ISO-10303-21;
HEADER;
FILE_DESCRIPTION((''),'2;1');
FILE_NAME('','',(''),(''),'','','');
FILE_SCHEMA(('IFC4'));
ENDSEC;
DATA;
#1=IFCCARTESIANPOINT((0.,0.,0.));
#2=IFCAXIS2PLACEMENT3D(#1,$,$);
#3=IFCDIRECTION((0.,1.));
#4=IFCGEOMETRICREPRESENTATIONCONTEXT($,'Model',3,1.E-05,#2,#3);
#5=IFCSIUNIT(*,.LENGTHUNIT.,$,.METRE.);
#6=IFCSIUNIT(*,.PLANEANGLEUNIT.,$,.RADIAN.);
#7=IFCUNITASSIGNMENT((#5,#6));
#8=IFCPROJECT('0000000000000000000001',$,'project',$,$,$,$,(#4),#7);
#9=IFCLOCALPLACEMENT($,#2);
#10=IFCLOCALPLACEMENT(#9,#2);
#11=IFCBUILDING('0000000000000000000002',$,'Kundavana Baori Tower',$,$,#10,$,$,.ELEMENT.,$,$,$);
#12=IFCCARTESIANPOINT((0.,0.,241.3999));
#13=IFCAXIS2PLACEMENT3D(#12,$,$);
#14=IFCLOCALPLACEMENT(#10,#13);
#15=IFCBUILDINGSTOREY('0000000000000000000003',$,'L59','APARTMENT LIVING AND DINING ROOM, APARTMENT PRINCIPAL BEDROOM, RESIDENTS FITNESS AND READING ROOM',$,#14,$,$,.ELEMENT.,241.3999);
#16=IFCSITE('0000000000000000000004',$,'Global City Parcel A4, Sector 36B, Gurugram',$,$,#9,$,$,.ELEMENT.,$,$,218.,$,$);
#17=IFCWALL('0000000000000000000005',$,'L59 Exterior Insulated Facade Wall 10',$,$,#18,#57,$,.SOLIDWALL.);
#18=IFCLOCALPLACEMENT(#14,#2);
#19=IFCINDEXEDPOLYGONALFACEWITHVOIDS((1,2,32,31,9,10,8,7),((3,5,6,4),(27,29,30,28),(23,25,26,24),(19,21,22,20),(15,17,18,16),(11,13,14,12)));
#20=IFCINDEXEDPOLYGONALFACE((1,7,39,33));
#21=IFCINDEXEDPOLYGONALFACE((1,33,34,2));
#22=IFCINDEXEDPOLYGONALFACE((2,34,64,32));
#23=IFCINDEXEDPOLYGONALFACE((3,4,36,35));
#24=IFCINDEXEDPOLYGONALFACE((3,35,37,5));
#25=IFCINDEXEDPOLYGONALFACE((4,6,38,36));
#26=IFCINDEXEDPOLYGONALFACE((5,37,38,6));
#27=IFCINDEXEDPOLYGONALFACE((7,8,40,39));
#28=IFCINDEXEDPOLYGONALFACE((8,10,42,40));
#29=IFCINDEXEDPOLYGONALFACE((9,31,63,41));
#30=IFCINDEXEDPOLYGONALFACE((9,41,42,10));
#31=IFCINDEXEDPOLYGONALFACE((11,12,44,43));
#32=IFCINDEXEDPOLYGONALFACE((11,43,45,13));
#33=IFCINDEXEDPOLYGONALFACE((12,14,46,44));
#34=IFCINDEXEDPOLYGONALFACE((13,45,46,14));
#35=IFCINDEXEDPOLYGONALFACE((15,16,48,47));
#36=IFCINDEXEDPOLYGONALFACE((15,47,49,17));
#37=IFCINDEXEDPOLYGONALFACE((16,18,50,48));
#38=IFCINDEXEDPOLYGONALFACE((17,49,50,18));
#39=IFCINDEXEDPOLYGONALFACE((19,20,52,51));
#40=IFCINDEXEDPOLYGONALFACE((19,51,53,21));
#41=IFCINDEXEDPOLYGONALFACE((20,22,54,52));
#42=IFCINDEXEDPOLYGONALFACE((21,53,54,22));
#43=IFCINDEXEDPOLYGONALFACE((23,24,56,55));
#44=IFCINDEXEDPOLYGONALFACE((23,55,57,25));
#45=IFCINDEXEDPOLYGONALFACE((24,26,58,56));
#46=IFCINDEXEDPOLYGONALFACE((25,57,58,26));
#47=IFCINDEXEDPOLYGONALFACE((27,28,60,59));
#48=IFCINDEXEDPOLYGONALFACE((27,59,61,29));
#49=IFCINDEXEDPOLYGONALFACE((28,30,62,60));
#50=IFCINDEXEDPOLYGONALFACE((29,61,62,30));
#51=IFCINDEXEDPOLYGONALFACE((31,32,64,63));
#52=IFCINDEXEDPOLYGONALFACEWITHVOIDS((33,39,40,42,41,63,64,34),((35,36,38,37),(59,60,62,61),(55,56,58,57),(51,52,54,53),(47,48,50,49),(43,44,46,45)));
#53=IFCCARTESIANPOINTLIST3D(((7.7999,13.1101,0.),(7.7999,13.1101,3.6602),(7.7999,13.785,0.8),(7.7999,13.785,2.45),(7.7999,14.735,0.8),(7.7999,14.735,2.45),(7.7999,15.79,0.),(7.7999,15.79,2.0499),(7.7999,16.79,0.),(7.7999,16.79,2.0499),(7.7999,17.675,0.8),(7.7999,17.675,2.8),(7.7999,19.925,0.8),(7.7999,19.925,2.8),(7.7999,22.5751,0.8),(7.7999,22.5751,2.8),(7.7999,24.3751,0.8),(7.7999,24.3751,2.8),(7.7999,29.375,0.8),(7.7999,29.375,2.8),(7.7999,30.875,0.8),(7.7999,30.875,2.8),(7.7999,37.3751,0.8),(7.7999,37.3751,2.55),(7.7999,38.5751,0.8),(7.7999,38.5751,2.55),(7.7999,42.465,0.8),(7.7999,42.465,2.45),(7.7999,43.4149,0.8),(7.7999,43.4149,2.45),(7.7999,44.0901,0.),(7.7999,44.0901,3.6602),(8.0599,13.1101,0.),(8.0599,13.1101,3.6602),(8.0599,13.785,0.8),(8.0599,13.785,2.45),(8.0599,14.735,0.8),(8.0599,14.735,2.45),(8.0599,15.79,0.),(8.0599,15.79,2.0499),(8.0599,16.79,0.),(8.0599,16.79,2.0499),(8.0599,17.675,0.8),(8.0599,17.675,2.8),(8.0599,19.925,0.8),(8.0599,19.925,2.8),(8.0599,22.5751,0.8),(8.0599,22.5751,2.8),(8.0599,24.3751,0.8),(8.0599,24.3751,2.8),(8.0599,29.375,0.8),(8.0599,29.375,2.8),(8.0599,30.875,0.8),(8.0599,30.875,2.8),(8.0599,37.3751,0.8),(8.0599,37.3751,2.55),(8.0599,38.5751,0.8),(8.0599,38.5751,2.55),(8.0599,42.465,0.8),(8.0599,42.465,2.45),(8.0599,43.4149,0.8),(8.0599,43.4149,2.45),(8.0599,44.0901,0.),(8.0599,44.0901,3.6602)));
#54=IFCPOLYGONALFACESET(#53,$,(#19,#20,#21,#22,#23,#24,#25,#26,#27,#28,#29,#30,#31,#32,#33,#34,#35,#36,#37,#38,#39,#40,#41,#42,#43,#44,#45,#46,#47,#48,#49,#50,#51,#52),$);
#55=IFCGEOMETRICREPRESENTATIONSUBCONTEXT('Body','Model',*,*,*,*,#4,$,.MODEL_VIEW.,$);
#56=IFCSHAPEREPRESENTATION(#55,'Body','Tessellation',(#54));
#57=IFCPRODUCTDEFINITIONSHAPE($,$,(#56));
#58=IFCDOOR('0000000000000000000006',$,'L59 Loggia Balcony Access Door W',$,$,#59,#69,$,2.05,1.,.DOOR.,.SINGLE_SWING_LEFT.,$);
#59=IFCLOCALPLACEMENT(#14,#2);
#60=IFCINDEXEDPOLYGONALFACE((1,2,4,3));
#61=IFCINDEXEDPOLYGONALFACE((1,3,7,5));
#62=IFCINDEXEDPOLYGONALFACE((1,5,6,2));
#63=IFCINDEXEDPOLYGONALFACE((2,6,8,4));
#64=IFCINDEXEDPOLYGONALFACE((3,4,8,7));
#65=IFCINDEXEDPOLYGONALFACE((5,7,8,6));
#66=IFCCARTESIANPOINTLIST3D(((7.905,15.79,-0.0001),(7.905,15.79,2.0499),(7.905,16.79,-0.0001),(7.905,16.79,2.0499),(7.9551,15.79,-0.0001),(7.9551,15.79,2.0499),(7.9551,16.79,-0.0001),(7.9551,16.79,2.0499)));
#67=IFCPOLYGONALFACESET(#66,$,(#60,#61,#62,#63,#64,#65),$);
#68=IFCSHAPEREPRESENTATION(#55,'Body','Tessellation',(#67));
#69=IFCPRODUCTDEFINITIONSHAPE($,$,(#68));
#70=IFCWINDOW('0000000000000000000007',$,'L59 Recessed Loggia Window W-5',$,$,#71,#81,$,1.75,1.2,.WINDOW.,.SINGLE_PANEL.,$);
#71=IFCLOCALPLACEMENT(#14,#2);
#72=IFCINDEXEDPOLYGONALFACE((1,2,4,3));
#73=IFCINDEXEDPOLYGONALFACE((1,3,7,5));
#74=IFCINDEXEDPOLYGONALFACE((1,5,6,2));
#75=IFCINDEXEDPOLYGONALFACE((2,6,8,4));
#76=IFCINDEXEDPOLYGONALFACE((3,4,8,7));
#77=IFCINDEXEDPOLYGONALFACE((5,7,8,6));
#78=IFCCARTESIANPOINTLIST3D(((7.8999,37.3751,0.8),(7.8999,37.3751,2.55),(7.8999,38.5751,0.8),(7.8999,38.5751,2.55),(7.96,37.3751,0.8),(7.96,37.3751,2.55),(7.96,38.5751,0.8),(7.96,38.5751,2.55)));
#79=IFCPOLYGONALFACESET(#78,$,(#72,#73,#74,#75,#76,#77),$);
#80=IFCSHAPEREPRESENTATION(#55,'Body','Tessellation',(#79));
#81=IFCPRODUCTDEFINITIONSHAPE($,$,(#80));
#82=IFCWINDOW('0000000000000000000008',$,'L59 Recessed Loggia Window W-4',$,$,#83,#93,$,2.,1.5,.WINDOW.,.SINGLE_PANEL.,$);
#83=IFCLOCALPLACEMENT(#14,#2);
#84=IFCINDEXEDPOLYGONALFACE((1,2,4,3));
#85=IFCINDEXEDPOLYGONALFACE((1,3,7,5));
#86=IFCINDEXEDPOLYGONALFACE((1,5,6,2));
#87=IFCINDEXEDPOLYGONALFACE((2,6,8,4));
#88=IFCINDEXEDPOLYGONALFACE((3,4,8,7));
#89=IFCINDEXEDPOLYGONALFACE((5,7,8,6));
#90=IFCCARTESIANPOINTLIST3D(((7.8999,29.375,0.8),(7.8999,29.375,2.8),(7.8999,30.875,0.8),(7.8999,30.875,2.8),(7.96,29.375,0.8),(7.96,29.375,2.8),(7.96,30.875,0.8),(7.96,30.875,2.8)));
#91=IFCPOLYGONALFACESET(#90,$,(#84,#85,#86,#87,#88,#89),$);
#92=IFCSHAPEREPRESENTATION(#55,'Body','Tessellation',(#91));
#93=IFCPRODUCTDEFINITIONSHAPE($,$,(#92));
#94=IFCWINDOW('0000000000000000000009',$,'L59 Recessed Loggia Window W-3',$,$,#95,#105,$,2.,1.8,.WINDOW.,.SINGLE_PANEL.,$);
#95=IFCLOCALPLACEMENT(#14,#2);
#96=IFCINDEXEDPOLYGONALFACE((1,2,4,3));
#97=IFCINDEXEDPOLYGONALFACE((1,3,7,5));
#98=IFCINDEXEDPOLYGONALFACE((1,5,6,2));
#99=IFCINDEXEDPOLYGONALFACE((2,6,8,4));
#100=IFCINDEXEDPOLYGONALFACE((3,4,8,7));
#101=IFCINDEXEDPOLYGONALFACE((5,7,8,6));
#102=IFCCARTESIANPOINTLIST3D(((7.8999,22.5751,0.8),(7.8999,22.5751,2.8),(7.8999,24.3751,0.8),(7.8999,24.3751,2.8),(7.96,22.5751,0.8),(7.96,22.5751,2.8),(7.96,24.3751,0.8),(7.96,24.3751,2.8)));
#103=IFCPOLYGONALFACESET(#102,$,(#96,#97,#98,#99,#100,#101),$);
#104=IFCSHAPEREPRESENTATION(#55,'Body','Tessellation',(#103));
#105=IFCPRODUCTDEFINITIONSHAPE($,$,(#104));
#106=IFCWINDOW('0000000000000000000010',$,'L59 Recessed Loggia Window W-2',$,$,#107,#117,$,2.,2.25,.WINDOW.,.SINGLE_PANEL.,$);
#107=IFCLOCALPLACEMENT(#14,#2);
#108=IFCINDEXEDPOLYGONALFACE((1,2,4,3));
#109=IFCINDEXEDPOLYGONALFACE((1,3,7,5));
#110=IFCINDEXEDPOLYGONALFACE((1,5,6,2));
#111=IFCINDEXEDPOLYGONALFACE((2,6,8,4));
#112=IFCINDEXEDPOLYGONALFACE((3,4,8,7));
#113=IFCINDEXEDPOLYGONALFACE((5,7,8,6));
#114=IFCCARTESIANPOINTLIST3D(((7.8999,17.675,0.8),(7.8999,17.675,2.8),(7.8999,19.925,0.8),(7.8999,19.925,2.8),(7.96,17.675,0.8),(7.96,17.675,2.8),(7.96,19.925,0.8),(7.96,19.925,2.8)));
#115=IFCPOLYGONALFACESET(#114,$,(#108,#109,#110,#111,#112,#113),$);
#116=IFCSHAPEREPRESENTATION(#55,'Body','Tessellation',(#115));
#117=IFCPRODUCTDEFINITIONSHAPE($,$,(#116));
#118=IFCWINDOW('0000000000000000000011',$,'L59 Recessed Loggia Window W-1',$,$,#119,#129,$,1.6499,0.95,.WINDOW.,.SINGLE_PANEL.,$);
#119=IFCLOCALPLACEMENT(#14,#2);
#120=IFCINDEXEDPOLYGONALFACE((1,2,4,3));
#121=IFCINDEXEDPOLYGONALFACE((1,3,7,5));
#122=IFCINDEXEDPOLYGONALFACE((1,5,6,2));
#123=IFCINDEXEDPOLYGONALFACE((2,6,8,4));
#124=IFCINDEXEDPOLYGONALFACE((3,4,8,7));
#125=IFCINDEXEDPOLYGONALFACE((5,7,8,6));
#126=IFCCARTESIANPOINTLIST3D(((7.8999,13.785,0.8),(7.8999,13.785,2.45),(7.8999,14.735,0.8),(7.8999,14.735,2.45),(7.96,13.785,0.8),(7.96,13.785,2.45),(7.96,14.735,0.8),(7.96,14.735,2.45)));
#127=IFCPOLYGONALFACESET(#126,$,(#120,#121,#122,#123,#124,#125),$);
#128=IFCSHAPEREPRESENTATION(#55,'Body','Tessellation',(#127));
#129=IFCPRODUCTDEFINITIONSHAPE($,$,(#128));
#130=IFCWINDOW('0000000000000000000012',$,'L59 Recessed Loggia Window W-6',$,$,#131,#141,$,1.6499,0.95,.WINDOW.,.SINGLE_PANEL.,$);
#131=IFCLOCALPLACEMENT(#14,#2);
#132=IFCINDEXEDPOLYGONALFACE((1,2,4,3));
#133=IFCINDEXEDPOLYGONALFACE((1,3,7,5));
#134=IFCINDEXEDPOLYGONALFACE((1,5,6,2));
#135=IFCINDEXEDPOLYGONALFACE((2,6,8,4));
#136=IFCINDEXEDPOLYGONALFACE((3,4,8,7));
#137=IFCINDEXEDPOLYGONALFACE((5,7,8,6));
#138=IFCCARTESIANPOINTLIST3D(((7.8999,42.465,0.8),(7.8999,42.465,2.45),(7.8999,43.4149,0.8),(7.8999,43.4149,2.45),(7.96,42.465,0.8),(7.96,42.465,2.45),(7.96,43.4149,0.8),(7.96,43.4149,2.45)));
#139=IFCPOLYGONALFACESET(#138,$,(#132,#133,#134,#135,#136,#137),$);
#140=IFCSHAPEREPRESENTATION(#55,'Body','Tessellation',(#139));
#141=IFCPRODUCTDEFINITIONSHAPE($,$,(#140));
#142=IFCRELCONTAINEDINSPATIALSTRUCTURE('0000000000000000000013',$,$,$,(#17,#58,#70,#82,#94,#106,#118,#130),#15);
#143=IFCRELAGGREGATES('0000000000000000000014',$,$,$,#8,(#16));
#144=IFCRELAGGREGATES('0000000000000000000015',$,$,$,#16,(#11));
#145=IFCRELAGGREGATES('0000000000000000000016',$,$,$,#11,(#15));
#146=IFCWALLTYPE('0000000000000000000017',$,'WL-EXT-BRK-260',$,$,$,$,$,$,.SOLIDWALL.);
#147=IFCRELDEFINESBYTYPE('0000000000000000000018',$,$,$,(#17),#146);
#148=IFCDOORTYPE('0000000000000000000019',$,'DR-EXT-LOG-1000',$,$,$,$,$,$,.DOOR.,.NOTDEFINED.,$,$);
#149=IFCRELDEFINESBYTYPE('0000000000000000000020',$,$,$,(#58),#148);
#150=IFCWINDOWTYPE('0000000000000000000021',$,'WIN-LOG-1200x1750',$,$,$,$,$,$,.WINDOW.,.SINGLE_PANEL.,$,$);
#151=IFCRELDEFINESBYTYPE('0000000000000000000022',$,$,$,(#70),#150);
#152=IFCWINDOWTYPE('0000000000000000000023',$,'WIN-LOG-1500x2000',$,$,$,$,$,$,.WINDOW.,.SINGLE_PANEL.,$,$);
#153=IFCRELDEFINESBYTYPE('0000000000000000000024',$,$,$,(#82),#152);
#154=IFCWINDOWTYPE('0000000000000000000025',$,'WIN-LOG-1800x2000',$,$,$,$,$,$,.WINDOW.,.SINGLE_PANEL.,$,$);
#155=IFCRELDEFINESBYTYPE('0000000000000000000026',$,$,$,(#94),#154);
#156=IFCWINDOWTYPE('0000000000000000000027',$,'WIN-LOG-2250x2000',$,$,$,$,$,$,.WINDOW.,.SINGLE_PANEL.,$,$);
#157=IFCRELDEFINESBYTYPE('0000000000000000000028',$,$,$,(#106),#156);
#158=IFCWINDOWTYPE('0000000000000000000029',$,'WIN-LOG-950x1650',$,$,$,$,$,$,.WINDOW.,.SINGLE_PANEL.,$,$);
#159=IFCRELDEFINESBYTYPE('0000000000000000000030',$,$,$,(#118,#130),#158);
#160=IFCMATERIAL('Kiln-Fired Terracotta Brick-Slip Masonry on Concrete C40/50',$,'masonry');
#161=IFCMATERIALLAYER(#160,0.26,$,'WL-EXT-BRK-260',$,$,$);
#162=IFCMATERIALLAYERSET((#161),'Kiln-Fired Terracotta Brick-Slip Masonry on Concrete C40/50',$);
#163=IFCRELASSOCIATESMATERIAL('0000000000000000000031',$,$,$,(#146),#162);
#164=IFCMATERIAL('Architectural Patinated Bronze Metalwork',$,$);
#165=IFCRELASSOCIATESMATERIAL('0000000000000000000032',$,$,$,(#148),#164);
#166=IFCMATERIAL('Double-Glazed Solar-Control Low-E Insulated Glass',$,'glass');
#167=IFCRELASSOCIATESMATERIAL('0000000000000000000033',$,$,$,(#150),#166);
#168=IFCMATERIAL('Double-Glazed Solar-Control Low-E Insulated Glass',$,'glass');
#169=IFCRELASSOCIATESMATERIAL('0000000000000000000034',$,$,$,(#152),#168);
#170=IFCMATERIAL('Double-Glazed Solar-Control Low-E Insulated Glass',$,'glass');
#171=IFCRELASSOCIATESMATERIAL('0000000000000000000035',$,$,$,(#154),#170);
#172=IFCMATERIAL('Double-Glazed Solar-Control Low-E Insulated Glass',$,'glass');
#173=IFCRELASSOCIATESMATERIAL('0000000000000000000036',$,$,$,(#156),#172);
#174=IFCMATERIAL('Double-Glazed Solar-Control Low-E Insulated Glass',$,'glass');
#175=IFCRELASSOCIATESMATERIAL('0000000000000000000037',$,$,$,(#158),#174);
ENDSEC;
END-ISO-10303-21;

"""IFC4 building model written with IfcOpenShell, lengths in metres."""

from ifc_helpers import new_model, si_unit, direction, frame, frame_2d, origin, place, context, subcontext, project, spatial, rectangle, extrude, material, layer, layer_set, type_object, element, fill, save


model = new_model("IFC4")

# Units and contexts
model_context = context("Model", 3, precision=1e-05, world=origin(), true_north=direction((0.0, 1.0)))
body_context = subcontext(model_context, "Body", "Model", "MODEL_VIEW")
ifc_project = project(units=[si_unit("LENGTHUNIT", "METRE"), si_unit("PLANEANGLEUNIT", "RADIAN")], contexts=[model_context])

# Site, building, storey
site_placement = place(None, origin())
site = spatial("IfcSite", under=ifc_project, at=site_placement, Name="Global City Parcel A4, Sector 36B, Gurugram", CompositionType="ELEMENT", RefElevation=218.0)
building_placement = place(site_placement, origin())
building = spatial("IfcBuilding", under=site, at=building_placement, Name="Kundavana Baori Tower", CompositionType="ELEMENT")
storey_placement = place(building_placement, frame((0.0, 0.0, 241.3999)))
storey = spatial("IfcBuildingStorey", under=building, at=storey_placement, Name="L59", Description="APARTMENT LIVING AND DINING ROOM, APARTMENT PRINCIPAL BEDROOM, RESIDENTS FITNESS AND READING ROOM", CompositionType="ELEMENT", Elevation=241.3999)

# Shared definitions
ifc_material_1 = material(Name="Kiln-Fired Terracotta Brick-Slip Masonry on Concrete C40/50", Category="masonry")
ifc_layer_1 = layer(ifc_material_1, 0.26, Name="WL-EXT-BRK-260")
ifc_layer_set_1 = layer_set([ifc_layer_1], Name="Kiln-Fired Terracotta Brick-Slip Masonry on Concrete C40/50")
wall_type_1 = type_object("IfcWallType", Name="WL-EXT-BRK-260", PredefinedType="SOLIDWALL", material=ifc_layer_set_1)

# Wall, openings, door, windows
wall_1_placement = place(storey_placement, frame((7.9299, 44.0901, 0.0), z_axis=(0.0, 0.0, 1.0), x_axis=(0.0, -1.0, 0.0)))
wall_1 = element("IfcWall", 1, at=wall_1_placement, inside=storey, type_object=wall_type_1, Name="L59 Exterior Insulated Facade Wall 10", PredefinedType="SOLIDWALL", context=body_context, shape_type="SweptSolid", body=[
    extrude(rectangle(XDim=30.98, YDim=0.26, at=frame_2d((15.49, 0.0))), origin(), (0.0, 0.0, 1.0), 3.6602),
])
opening_1_placement = place(wall_1_placement, frame((29.355, 0.0, 0.8)))
opening_1 = element("IfcOpeningElement", 2, at=opening_1_placement, cuts=wall_1, PredefinedType="OPENING", context=body_context, shape_type="SweptSolid", body=[
    extrude(rectangle(XDim=0.95, YDim=1.6499, at=frame_2d((0.4751, 0.825))), frame((0.0, 0.1401, 0.0), z_axis=(0.0, -1.0, 0.0), x_axis=(1.0, 0.0, 0.0)), (0.0, 0.0, 1.0), 0.28),
])
opening_2_placement = place(wall_1_placement, frame((27.3, 0.0, 0.0)))
opening_2 = element("IfcOpeningElement", 3, at=opening_2_placement, cuts=wall_1, PredefinedType="OPENING", context=body_context, shape_type="SweptSolid", body=[
    extrude(rectangle(XDim=1.0, YDim=2.05, at=frame_2d((0.5, 1.0249))), frame((0.0, 0.1401, 0.0), z_axis=(0.0, -1.0, 0.0), x_axis=(1.0, 0.0, 0.0)), (0.0, 0.0, 1.0), 0.28),
])
opening_3_placement = place(wall_1_placement, frame((24.165, 0.0, 0.8)))
opening_3 = element("IfcOpeningElement", 4, at=opening_3_placement, cuts=wall_1, PredefinedType="OPENING", context=body_context, shape_type="SweptSolid", body=[
    extrude(rectangle(XDim=2.25, YDim=2.0, at=frame_2d((1.125, 1.0))), frame((0.0, 0.1401, 0.0), z_axis=(0.0, -1.0, 0.0), x_axis=(1.0, 0.0, 0.0)), (0.0, 0.0, 1.0), 0.28),
])
opening_4_placement = place(wall_1_placement, frame((19.7151, 0.0, 0.8)))
opening_4 = element("IfcOpeningElement", 5, at=opening_4_placement, cuts=wall_1, PredefinedType="OPENING", context=body_context, shape_type="SweptSolid", body=[
    extrude(rectangle(XDim=1.8, YDim=2.0, at=frame_2d((0.8999, 1.0))), frame((0.0, 0.1401, 0.0), z_axis=(0.0, -1.0, 0.0), x_axis=(1.0, 0.0, 0.0)), (0.0, 0.0, 1.0), 0.28),
])
opening_5_placement = place(wall_1_placement, frame((13.2151, 0.0, 0.8)))
opening_5 = element("IfcOpeningElement", 6, at=opening_5_placement, cuts=wall_1, PredefinedType="OPENING", context=body_context, shape_type="SweptSolid", body=[
    extrude(rectangle(XDim=1.5, YDim=2.0, at=frame_2d((0.75, 1.0))), frame((0.0, 0.1401, 0.0), z_axis=(0.0, -1.0, 0.0), x_axis=(1.0, 0.0, 0.0)), (0.0, 0.0, 1.0), 0.28),
])
opening_6_placement = place(wall_1_placement, frame((5.5149, 0.0, 0.8)))
opening_6 = element("IfcOpeningElement", 7, at=opening_6_placement, cuts=wall_1, PredefinedType="OPENING", context=body_context, shape_type="SweptSolid", body=[
    extrude(rectangle(XDim=1.2, YDim=1.75, at=frame_2d((0.6001, 0.875))), frame((0.0, 0.1401, 0.0), z_axis=(0.0, -1.0, 0.0), x_axis=(1.0, 0.0, 0.0)), (0.0, 0.0, 1.0), 0.28),
])
opening_7_placement = place(wall_1_placement, frame((0.675, 0.0, 0.8)))
opening_7 = element("IfcOpeningElement", 8, at=opening_7_placement, cuts=wall_1, PredefinedType="OPENING", context=body_context, shape_type="SweptSolid", body=[
    extrude(rectangle(XDim=0.95, YDim=1.6499, at=frame_2d((0.4751, 0.825))), frame((0.0, 0.1401, 0.0), z_axis=(0.0, -1.0, 0.0), x_axis=(1.0, 0.0, 0.0)), (0.0, 0.0, 1.0), 0.28),
])
ifc_material_2 = material(Name="Architectural Patinated Bronze Metalwork")
door_type_1 = type_object("IfcDoorType", Name="DR-EXT-LOG-1000", OperationType="NOTDEFINED", PredefinedType="DOOR", material=ifc_material_2)
door_1_placement = place(opening_2_placement, frame((1.0, 0.0, 0.0), z_axis=(0.0, 0.0, 1.0), x_axis=(-1.0, 0.0, 0.0)))
door_1 = element("IfcDoor", 9, at=door_1_placement, inside=storey, type_object=door_type_1, Name="L59 Loggia Balcony Access Door W", OperationType="SINGLE_SWING_LEFT", OverallHeight=2.05, OverallWidth=1.0, PredefinedType="DOOR", context=body_context, shape_type="SweptSolid", body=[
    extrude(rectangle(XDim=1.0, YDim=2.05, at=frame_2d((0.5, 1.0249))), frame((0.0, 0.0249, 0.0), z_axis=(0.0, -1.0, 0.0), x_axis=(1.0, 0.0, 0.0)), (0.0, 0.0, 1.0), 0.05),
])
fill(opening_2, door_1)
ifc_material_3 = material(Name="Double-Glazed Solar-Control Low-E Insulated Glass", Category="glass")
window_type_1 = type_object("IfcWindowType", Name="WIN-LOG-1200x1750", PartitioningType="SINGLE_PANEL", PredefinedType="WINDOW", material=ifc_material_3)
window_1_placement = place(opening_6_placement, origin())
window_1 = element("IfcWindow", 10, at=window_1_placement, inside=storey, type_object=window_type_1, Name="L59 Recessed Loggia Window W-5", OverallHeight=1.75, OverallWidth=1.2, PartitioningType="SINGLE_PANEL", PredefinedType="WINDOW", context=body_context, shape_type="SweptSolid", body=[
    extrude(rectangle(XDim=1.2, YDim=1.75, at=frame_2d((0.6001, 0.875))), frame((0.0, 0.03, 0.0), z_axis=(0.0, -1.0, 0.0), x_axis=(1.0, 0.0, 0.0)), (0.0, 0.0, 1.0), 0.0601),
])
fill(opening_6, window_1)
ifc_material_4 = material(Name="Double-Glazed Solar-Control Low-E Insulated Glass", Category="glass")
window_type_2 = type_object("IfcWindowType", Name="WIN-LOG-1500x2000", PartitioningType="SINGLE_PANEL", PredefinedType="WINDOW", material=ifc_material_4)
window_2_placement = place(opening_5_placement, origin())
window_2 = element("IfcWindow", 11, at=window_2_placement, inside=storey, type_object=window_type_2, Name="L59 Recessed Loggia Window W-4", OverallHeight=2.0, OverallWidth=1.5, PartitioningType="SINGLE_PANEL", PredefinedType="WINDOW", context=body_context, shape_type="SweptSolid", body=[
    extrude(rectangle(XDim=1.5, YDim=2.0, at=frame_2d((0.75, 1.0))), frame((0.0, 0.03, 0.0), z_axis=(0.0, -1.0, 0.0), x_axis=(1.0, 0.0, 0.0)), (0.0, 0.0, 1.0), 0.0601),
])
fill(opening_5, window_2)
ifc_material_5 = material(Name="Double-Glazed Solar-Control Low-E Insulated Glass", Category="glass")
window_type_3 = type_object("IfcWindowType", Name="WIN-LOG-1800x2000", PartitioningType="SINGLE_PANEL", PredefinedType="WINDOW", material=ifc_material_5)
window_3_placement = place(opening_4_placement, origin())
window_3 = element("IfcWindow", 12, at=window_3_placement, inside=storey, type_object=window_type_3, Name="L59 Recessed Loggia Window W-3", OverallHeight=2.0, OverallWidth=1.8, PartitioningType="SINGLE_PANEL", PredefinedType="WINDOW", context=body_context, shape_type="SweptSolid", body=[
    extrude(rectangle(XDim=1.8, YDim=2.0, at=frame_2d((0.8999, 1.0))), frame((0.0, 0.03, 0.0), z_axis=(0.0, -1.0, 0.0), x_axis=(1.0, 0.0, 0.0)), (0.0, 0.0, 1.0), 0.0601),
])
fill(opening_4, window_3)
ifc_material_6 = material(Name="Double-Glazed Solar-Control Low-E Insulated Glass", Category="glass")
window_type_4 = type_object("IfcWindowType", Name="WIN-LOG-2250x2000", PartitioningType="SINGLE_PANEL", PredefinedType="WINDOW", material=ifc_material_6)
window_4_placement = place(opening_3_placement, origin())
window_4 = element("IfcWindow", 13, at=window_4_placement, inside=storey, type_object=window_type_4, Name="L59 Recessed Loggia Window W-2", OverallHeight=2.0, OverallWidth=2.25, PartitioningType="SINGLE_PANEL", PredefinedType="WINDOW", context=body_context, shape_type="SweptSolid", body=[
    extrude(rectangle(XDim=2.25, YDim=2.0, at=frame_2d((1.125, 1.0))), frame((0.0, 0.03, 0.0), z_axis=(0.0, -1.0, 0.0), x_axis=(1.0, 0.0, 0.0)), (0.0, 0.0, 1.0), 0.0601),
])
fill(opening_3, window_4)
ifc_material_7 = material(Name="Double-Glazed Solar-Control Low-E Insulated Glass", Category="glass")
window_type_5 = type_object("IfcWindowType", Name="WIN-LOG-950x1650", PartitioningType="SINGLE_PANEL", PredefinedType="WINDOW", material=ifc_material_7)
window_5_placement = place(opening_1_placement, origin())
window_5 = element("IfcWindow", 14, at=window_5_placement, inside=storey, type_object=window_type_5, Name="L59 Recessed Loggia Window W-1", OverallHeight=1.6499, OverallWidth=0.95, PartitioningType="SINGLE_PANEL", PredefinedType="WINDOW", context=body_context, shape_type="SweptSolid", body=[
    extrude(rectangle(XDim=0.95, YDim=1.6499, at=frame_2d((0.4751, 0.825))), frame((0.0, 0.03, 0.0), z_axis=(0.0, -1.0, 0.0), x_axis=(1.0, 0.0, 0.0)), (0.0, 0.0, 1.0), 0.0601),
])
fill(opening_1, window_5)
window_6_placement = place(opening_7_placement, origin())
window_6 = element("IfcWindow", 15, at=window_6_placement, inside=storey, type_object=window_type_5, Name="L59 Recessed Loggia Window W-6", OverallHeight=1.6499, OverallWidth=0.95, PartitioningType="SINGLE_PANEL", PredefinedType="WINDOW", context=body_context, shape_type="SweptSolid", body=[
    extrude(rectangle(XDim=0.95, YDim=1.6499, at=frame_2d((0.4751, 0.825))), frame((0.0, 0.03, 0.0), z_axis=(0.0, -1.0, 0.0), x_axis=(1.0, 0.0, 0.0)), (0.0, 0.0, 1.0), 0.0601),
])
fill(opening_7, window_6)

save(model, "model.ifc")
